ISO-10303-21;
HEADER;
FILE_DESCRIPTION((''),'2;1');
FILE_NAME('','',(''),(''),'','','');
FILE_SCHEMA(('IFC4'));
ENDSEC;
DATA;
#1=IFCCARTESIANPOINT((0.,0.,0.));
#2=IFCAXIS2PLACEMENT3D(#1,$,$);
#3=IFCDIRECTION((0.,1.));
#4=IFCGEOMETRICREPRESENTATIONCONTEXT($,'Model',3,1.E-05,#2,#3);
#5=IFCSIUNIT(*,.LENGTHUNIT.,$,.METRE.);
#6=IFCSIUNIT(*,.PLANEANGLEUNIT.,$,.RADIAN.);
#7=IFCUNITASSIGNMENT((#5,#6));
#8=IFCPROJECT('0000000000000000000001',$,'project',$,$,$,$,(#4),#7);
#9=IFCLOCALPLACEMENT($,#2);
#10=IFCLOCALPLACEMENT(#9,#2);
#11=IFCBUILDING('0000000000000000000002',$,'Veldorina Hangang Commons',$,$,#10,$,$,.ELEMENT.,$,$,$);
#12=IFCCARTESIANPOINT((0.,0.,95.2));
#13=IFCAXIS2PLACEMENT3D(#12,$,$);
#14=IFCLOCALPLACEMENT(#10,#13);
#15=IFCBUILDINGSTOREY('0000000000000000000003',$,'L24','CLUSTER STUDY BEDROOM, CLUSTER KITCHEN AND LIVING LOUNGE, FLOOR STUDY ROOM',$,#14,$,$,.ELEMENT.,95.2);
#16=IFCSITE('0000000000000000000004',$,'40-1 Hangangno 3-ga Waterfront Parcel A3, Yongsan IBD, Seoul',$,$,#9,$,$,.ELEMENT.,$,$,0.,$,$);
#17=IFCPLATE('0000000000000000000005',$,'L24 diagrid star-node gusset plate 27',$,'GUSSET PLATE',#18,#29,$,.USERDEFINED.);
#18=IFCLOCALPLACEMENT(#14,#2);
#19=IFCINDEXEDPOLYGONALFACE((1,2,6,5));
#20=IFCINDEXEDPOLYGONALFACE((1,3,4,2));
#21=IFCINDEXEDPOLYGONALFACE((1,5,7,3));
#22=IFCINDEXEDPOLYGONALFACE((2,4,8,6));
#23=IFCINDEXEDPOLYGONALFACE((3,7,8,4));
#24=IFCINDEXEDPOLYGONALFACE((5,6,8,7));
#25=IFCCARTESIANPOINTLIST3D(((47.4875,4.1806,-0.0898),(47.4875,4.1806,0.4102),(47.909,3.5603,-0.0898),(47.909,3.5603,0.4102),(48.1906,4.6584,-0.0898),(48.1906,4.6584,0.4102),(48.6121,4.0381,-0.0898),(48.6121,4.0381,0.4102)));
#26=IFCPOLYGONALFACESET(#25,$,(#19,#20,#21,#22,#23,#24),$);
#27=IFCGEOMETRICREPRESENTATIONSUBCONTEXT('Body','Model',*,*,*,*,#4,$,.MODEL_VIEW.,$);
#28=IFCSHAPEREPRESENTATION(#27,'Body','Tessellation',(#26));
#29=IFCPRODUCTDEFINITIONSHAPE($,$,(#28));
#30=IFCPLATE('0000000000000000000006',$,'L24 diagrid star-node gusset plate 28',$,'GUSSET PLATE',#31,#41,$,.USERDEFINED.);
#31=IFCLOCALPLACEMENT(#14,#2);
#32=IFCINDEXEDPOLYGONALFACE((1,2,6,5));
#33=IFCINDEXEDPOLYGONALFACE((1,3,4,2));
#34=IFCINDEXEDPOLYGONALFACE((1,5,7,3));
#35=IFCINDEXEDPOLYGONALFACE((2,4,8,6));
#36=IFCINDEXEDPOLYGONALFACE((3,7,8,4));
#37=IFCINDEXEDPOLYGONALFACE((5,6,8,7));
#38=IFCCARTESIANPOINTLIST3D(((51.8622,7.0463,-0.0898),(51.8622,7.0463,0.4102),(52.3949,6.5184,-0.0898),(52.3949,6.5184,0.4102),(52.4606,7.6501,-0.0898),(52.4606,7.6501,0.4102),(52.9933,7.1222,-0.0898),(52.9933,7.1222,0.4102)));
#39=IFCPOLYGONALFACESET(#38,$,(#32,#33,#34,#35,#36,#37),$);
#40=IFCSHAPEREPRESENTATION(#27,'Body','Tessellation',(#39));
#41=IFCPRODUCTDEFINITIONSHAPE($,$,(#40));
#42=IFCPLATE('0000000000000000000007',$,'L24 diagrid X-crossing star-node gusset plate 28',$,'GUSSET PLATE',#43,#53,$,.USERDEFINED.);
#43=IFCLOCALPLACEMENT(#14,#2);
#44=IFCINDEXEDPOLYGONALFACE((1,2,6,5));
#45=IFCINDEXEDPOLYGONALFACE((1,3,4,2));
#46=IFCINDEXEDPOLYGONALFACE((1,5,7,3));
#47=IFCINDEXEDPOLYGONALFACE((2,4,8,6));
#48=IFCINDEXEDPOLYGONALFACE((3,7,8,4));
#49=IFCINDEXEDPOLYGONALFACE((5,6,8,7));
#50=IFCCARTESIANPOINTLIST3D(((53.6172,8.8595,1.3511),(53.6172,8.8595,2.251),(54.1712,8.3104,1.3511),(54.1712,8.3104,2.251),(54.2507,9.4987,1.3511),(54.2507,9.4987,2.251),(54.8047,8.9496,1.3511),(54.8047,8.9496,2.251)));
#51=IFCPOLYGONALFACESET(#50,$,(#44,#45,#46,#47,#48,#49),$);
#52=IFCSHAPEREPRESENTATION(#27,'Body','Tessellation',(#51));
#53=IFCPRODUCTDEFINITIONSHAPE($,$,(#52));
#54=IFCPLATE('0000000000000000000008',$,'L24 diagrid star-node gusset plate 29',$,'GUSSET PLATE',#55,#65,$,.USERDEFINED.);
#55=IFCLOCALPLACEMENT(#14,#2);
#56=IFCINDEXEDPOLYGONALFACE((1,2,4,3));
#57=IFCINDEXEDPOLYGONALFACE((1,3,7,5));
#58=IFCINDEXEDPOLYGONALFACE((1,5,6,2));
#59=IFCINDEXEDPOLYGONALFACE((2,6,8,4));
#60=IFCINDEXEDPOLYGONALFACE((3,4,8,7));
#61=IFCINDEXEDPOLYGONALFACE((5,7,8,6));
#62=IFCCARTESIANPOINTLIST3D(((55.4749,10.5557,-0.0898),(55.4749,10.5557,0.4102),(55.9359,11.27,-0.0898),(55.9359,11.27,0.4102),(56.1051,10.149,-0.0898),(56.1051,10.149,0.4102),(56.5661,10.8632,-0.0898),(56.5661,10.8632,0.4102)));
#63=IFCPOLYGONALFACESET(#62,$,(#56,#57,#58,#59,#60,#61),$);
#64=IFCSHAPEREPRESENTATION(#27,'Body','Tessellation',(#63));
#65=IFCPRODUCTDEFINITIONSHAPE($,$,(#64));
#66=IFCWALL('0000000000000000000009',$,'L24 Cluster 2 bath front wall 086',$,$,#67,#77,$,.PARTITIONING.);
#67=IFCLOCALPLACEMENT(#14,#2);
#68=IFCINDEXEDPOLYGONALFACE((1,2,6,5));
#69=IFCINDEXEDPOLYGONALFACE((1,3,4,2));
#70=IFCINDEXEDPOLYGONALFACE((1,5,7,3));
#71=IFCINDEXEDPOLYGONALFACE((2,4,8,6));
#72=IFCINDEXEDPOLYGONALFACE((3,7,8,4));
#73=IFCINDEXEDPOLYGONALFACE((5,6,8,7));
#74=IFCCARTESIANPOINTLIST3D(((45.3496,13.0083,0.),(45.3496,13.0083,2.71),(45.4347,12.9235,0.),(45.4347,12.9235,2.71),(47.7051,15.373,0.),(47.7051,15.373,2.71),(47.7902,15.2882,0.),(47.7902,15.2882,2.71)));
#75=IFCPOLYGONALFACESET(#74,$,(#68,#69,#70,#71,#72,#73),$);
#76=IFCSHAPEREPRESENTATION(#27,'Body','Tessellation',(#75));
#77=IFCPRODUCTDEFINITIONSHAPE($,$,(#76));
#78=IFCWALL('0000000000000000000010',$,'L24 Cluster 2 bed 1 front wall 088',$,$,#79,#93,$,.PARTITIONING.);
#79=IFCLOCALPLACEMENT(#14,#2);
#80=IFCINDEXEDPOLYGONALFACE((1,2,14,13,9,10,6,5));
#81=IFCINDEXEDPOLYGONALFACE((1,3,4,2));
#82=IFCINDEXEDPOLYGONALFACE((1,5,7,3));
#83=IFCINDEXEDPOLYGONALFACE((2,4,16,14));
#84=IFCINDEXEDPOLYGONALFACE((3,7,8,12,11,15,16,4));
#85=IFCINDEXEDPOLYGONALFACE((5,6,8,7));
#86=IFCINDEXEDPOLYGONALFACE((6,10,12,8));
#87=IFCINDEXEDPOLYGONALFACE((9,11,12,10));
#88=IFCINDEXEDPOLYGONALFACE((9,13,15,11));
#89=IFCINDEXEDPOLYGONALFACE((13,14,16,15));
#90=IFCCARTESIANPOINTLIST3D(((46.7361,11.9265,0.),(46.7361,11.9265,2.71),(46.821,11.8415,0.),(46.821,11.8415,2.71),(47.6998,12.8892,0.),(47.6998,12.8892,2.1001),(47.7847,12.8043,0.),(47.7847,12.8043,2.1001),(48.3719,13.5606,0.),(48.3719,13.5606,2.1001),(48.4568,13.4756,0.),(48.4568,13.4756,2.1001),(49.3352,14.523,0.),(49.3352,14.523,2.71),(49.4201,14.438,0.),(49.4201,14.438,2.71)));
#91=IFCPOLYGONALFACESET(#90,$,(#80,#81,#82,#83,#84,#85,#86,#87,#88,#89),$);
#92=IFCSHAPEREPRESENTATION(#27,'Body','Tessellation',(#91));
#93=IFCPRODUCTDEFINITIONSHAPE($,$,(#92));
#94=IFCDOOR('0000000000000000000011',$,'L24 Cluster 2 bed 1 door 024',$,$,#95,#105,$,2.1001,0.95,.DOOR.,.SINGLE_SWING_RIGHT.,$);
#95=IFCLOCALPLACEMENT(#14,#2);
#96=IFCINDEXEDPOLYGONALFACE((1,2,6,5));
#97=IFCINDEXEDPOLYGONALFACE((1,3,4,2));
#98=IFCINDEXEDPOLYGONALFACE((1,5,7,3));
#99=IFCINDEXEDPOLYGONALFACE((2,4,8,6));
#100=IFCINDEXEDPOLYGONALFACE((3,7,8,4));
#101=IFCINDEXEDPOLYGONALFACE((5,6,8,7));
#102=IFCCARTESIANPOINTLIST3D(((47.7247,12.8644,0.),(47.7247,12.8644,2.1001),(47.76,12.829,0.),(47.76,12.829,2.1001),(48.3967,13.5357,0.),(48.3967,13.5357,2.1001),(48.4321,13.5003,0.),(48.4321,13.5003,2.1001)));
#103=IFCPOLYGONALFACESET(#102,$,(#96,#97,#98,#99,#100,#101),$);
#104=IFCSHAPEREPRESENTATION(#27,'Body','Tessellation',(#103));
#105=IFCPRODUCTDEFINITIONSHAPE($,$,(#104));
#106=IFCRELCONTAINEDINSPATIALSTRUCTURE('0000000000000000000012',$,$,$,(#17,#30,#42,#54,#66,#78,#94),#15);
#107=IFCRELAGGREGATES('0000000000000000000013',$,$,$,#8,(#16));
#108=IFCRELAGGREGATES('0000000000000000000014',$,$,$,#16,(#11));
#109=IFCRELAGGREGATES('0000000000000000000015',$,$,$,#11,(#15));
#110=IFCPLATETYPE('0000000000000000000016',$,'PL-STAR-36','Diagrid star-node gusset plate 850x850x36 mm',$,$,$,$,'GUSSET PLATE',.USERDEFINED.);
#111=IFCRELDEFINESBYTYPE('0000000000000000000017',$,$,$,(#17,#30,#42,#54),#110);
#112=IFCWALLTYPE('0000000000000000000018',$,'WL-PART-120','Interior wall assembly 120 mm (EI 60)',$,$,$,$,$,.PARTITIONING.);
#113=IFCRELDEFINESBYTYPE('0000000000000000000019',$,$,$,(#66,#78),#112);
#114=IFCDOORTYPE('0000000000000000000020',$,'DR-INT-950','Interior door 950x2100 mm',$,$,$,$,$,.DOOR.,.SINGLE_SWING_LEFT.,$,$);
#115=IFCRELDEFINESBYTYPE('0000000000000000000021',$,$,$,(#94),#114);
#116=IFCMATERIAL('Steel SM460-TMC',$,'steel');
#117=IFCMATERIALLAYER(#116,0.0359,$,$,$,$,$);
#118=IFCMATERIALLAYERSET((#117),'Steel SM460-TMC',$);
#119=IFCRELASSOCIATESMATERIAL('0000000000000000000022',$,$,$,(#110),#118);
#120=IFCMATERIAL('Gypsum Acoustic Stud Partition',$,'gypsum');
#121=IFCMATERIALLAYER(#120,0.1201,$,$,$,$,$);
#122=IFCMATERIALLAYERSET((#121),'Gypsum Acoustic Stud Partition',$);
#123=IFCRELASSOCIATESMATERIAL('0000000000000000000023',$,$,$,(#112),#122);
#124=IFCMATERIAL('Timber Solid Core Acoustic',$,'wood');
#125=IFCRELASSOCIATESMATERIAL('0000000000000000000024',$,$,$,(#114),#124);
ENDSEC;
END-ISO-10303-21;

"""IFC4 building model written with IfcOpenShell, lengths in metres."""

from ifc_helpers import new_model, si_unit, direction, frame, frame_2d, origin, origin_2d, place, context, subcontext, project, spatial, rectangle, extrude, material, layer, layer_set, type_object, element, fill, save


model = new_model("IFC4")

# Units and contexts
model_context = context("Model", 3, precision=1e-05, world=origin(), true_north=direction((0.0, 1.0)))
body_context = subcontext(model_context, "Body", "Model", "MODEL_VIEW")
ifc_project = project(units=[si_unit("LENGTHUNIT", "METRE"), si_unit("PLANEANGLEUNIT", "RADIAN")], contexts=[model_context])

# Site, building, storey
site_placement = place(None, origin())
site = spatial("IfcSite", under=ifc_project, at=site_placement, Name="40-1 Hangangno 3-ga Waterfront Parcel A3, Yongsan IBD, Seoul", CompositionType="ELEMENT", RefElevation=0.0)
building_placement = place(site_placement, origin())
building = spatial("IfcBuilding", under=site, at=building_placement, Name="Veldorina Hangang Commons", CompositionType="ELEMENT")
storey_placement = place(building_placement, frame((0.0, 0.0, 95.2)))
storey = spatial("IfcBuildingStorey", under=building, at=storey_placement, Name="L24", Description="CLUSTER STUDY BEDROOM, CLUSTER KITCHEN AND LIVING LOUNGE, FLOOR STUDY ROOM", CompositionType="ELEMENT", Elevation=95.2)

# Shared definitions
ifc_material_1 = material(Name="Steel SM460-TMC", Category="steel")

# Plates
ifc_layer_1 = layer(ifc_material_1, 0.0359)
ifc_layer_set_1 = layer_set([ifc_layer_1], Name="Steel SM460-TMC")
plate_type_1 = type_object("IfcPlateType", Name="PL-STAR-36", Description="Diagrid star-node gusset plate 850x850x36 mm", ElementType="GUSSET PLATE", PredefinedType="USERDEFINED", material=ifc_layer_set_1)
for number, where, z_axis, x_axis, name in (
    (1, (48.0498, 4.1094, -0.0898), (0.0, 0.0, 1.0), (0.82709, 0.562069, 0.0), "L24 diagrid star-node gusset plate 27"),
    (2, (52.4277, 7.0842, -0.0898), (0.0, 0.0, 1.0), (0.703928, 0.710271, 0.0), "L24 diagrid star-node gusset plate 28"),
):
    element("IfcPlate", number, at=place(storey_placement, frame(where, z_axis=z_axis, x_axis=x_axis)), inside=storey, type_object=plate_type_1, Name=name, ObjectType="GUSSET PLATE", PredefinedType="USERDEFINED", context=body_context, shape_type="SweptSolid", body=[
        extrude(rectangle(XDim=0.8501, YDim=0.75, at=origin_2d()), origin(), (0.0, 0.0, 1.0), 0.5),
    ])
plate_1_placement = place(storey_placement, frame((54.2109, 8.9045, 1.3511), z_axis=(0.0, 0.0, 1.0), x_axis=(0.703928, 0.710271, 0.0)))
element("IfcPlate", 3, at=plate_1_placement, inside=storey, type_object=plate_type_1, Name="L24 diagrid X-crossing star-node gusset plate 28", ObjectType="GUSSET PLATE", PredefinedType="USERDEFINED", context=body_context, shape_type="SweptSolid", body=[
    extrude(rectangle(XDim=0.8999, YDim=0.78, at=origin_2d()), origin(), (0.0, 0.0, 1.0), 0.8999),
])
plate_2_placement = place(storey_placement, frame((56.0205, 10.7095, -0.0898), z_axis=(0.0, 0.0, 1.0), x_axis=(0.54231, 0.840179, 0.0)))
element("IfcPlate", 4, at=plate_2_placement, inside=storey, type_object=plate_type_1, Name="L24 diagrid star-node gusset plate 29", ObjectType="GUSSET PLATE", PredefinedType="USERDEFINED", context=body_context, shape_type="SweptSolid", body=[
    extrude(rectangle(XDim=0.8501, YDim=0.75, at=origin_2d()), origin(), (0.0, 0.0, 1.0), 0.5),
])

# Wall
ifc_material_2 = material(Name="Gypsum Acoustic Stud Partition", Category="gypsum")
ifc_layer_2 = layer(ifc_material_2, 0.1201)
ifc_layer_set_2 = layer_set([ifc_layer_2], Name="Gypsum Acoustic Stud Partition")
wall_type = type_object("IfcWallType", Name="WL-PART-120", Description="Interior wall assembly 120 mm (EI 60)", PredefinedType="PARTITIONING", material=ifc_layer_set_2)
wall_1_placement = place(storey_placement, frame((45.3921, 12.9658, 0.0), z_axis=(0.0, 0.0, 1.0), x_axis=(0.705716, 0.708495, 0.0)))
element("IfcWall", 5, at=wall_1_placement, inside=storey, type_object=wall_type, Name="L24 Cluster 2 bath front wall 086", PredefinedType="PARTITIONING", context=body_context, shape_type="SweptSolid", body=[
    extrude(rectangle(XDim=3.3376, YDim=0.1201, at=frame_2d((1.6689, 0.0))), origin(), (0.0, 0.0, 1.0), 2.71),
])

# Wall, opening, door
wall_2_placement = place(storey_placement, frame((46.7786, 11.884, 0.0), z_axis=(0.0, 0.0, 1.0), x_axis=(0.707472, 0.706741, 0.0)))
wall_2 = element("IfcWall", 6, at=wall_2_placement, inside=storey, type_object=wall_type, Name="L24 Cluster 2 bed 1 front wall 088", PredefinedType="PARTITIONING", context=body_context, shape_type="SweptSolid", body=[
    extrude(rectangle(XDim=3.6738, YDim=0.1201, at=frame_2d((1.8369, 0.0))), origin(), (0.0, 0.0, 1.0), 2.71),
])
opening_placement = place(wall_2_placement, frame((1.3621, 0.0, 0.0)))
opening = element("IfcOpeningElement", 7, at=opening_placement, cuts=wall_2, PredefinedType="OPENING", context=body_context, shape_type="SweptSolid", body=[
    extrude(rectangle(XDim=0.95, YDim=2.1001, at=frame_2d((0.4751, 1.05))), frame((0.0, 0.0701, 0.0), z_axis=(0.0, -1.0, 0.0), x_axis=(1.0, 0.0, 0.0)), (0.0, 0.0, 1.0), 0.1401),
])
ifc_material_3 = material(Name="Timber Solid Core Acoustic", Category="wood")
door_type = type_object("IfcDoorType", Name="DR-INT-950", Description="Interior door 950x2100 mm", OperationType="SINGLE_SWING_LEFT", PredefinedType="DOOR", material=ifc_material_3)
door_placement = place(opening_placement, origin())
door = element("IfcDoor", 8, at=door_placement, inside=storey, type_object=door_type, Name="L24 Cluster 2 bed 1 door 024", OperationType="SINGLE_SWING_RIGHT", OverallHeight=2.1001, OverallWidth=0.95, PredefinedType="DOOR", context=body_context, shape_type="SweptSolid", body=[
    extrude(rectangle(XDim=0.95, YDim=2.1001, at=frame_2d((0.4751, 1.05))), frame((0.0, 0.0249, 0.0), z_axis=(0.0, -1.0, 0.0), x_axis=(1.0, 0.0, 0.0)), (0.0, 0.0, 1.0), 0.05),
])
fill(opening, door)

save(model, "model.ifc")
